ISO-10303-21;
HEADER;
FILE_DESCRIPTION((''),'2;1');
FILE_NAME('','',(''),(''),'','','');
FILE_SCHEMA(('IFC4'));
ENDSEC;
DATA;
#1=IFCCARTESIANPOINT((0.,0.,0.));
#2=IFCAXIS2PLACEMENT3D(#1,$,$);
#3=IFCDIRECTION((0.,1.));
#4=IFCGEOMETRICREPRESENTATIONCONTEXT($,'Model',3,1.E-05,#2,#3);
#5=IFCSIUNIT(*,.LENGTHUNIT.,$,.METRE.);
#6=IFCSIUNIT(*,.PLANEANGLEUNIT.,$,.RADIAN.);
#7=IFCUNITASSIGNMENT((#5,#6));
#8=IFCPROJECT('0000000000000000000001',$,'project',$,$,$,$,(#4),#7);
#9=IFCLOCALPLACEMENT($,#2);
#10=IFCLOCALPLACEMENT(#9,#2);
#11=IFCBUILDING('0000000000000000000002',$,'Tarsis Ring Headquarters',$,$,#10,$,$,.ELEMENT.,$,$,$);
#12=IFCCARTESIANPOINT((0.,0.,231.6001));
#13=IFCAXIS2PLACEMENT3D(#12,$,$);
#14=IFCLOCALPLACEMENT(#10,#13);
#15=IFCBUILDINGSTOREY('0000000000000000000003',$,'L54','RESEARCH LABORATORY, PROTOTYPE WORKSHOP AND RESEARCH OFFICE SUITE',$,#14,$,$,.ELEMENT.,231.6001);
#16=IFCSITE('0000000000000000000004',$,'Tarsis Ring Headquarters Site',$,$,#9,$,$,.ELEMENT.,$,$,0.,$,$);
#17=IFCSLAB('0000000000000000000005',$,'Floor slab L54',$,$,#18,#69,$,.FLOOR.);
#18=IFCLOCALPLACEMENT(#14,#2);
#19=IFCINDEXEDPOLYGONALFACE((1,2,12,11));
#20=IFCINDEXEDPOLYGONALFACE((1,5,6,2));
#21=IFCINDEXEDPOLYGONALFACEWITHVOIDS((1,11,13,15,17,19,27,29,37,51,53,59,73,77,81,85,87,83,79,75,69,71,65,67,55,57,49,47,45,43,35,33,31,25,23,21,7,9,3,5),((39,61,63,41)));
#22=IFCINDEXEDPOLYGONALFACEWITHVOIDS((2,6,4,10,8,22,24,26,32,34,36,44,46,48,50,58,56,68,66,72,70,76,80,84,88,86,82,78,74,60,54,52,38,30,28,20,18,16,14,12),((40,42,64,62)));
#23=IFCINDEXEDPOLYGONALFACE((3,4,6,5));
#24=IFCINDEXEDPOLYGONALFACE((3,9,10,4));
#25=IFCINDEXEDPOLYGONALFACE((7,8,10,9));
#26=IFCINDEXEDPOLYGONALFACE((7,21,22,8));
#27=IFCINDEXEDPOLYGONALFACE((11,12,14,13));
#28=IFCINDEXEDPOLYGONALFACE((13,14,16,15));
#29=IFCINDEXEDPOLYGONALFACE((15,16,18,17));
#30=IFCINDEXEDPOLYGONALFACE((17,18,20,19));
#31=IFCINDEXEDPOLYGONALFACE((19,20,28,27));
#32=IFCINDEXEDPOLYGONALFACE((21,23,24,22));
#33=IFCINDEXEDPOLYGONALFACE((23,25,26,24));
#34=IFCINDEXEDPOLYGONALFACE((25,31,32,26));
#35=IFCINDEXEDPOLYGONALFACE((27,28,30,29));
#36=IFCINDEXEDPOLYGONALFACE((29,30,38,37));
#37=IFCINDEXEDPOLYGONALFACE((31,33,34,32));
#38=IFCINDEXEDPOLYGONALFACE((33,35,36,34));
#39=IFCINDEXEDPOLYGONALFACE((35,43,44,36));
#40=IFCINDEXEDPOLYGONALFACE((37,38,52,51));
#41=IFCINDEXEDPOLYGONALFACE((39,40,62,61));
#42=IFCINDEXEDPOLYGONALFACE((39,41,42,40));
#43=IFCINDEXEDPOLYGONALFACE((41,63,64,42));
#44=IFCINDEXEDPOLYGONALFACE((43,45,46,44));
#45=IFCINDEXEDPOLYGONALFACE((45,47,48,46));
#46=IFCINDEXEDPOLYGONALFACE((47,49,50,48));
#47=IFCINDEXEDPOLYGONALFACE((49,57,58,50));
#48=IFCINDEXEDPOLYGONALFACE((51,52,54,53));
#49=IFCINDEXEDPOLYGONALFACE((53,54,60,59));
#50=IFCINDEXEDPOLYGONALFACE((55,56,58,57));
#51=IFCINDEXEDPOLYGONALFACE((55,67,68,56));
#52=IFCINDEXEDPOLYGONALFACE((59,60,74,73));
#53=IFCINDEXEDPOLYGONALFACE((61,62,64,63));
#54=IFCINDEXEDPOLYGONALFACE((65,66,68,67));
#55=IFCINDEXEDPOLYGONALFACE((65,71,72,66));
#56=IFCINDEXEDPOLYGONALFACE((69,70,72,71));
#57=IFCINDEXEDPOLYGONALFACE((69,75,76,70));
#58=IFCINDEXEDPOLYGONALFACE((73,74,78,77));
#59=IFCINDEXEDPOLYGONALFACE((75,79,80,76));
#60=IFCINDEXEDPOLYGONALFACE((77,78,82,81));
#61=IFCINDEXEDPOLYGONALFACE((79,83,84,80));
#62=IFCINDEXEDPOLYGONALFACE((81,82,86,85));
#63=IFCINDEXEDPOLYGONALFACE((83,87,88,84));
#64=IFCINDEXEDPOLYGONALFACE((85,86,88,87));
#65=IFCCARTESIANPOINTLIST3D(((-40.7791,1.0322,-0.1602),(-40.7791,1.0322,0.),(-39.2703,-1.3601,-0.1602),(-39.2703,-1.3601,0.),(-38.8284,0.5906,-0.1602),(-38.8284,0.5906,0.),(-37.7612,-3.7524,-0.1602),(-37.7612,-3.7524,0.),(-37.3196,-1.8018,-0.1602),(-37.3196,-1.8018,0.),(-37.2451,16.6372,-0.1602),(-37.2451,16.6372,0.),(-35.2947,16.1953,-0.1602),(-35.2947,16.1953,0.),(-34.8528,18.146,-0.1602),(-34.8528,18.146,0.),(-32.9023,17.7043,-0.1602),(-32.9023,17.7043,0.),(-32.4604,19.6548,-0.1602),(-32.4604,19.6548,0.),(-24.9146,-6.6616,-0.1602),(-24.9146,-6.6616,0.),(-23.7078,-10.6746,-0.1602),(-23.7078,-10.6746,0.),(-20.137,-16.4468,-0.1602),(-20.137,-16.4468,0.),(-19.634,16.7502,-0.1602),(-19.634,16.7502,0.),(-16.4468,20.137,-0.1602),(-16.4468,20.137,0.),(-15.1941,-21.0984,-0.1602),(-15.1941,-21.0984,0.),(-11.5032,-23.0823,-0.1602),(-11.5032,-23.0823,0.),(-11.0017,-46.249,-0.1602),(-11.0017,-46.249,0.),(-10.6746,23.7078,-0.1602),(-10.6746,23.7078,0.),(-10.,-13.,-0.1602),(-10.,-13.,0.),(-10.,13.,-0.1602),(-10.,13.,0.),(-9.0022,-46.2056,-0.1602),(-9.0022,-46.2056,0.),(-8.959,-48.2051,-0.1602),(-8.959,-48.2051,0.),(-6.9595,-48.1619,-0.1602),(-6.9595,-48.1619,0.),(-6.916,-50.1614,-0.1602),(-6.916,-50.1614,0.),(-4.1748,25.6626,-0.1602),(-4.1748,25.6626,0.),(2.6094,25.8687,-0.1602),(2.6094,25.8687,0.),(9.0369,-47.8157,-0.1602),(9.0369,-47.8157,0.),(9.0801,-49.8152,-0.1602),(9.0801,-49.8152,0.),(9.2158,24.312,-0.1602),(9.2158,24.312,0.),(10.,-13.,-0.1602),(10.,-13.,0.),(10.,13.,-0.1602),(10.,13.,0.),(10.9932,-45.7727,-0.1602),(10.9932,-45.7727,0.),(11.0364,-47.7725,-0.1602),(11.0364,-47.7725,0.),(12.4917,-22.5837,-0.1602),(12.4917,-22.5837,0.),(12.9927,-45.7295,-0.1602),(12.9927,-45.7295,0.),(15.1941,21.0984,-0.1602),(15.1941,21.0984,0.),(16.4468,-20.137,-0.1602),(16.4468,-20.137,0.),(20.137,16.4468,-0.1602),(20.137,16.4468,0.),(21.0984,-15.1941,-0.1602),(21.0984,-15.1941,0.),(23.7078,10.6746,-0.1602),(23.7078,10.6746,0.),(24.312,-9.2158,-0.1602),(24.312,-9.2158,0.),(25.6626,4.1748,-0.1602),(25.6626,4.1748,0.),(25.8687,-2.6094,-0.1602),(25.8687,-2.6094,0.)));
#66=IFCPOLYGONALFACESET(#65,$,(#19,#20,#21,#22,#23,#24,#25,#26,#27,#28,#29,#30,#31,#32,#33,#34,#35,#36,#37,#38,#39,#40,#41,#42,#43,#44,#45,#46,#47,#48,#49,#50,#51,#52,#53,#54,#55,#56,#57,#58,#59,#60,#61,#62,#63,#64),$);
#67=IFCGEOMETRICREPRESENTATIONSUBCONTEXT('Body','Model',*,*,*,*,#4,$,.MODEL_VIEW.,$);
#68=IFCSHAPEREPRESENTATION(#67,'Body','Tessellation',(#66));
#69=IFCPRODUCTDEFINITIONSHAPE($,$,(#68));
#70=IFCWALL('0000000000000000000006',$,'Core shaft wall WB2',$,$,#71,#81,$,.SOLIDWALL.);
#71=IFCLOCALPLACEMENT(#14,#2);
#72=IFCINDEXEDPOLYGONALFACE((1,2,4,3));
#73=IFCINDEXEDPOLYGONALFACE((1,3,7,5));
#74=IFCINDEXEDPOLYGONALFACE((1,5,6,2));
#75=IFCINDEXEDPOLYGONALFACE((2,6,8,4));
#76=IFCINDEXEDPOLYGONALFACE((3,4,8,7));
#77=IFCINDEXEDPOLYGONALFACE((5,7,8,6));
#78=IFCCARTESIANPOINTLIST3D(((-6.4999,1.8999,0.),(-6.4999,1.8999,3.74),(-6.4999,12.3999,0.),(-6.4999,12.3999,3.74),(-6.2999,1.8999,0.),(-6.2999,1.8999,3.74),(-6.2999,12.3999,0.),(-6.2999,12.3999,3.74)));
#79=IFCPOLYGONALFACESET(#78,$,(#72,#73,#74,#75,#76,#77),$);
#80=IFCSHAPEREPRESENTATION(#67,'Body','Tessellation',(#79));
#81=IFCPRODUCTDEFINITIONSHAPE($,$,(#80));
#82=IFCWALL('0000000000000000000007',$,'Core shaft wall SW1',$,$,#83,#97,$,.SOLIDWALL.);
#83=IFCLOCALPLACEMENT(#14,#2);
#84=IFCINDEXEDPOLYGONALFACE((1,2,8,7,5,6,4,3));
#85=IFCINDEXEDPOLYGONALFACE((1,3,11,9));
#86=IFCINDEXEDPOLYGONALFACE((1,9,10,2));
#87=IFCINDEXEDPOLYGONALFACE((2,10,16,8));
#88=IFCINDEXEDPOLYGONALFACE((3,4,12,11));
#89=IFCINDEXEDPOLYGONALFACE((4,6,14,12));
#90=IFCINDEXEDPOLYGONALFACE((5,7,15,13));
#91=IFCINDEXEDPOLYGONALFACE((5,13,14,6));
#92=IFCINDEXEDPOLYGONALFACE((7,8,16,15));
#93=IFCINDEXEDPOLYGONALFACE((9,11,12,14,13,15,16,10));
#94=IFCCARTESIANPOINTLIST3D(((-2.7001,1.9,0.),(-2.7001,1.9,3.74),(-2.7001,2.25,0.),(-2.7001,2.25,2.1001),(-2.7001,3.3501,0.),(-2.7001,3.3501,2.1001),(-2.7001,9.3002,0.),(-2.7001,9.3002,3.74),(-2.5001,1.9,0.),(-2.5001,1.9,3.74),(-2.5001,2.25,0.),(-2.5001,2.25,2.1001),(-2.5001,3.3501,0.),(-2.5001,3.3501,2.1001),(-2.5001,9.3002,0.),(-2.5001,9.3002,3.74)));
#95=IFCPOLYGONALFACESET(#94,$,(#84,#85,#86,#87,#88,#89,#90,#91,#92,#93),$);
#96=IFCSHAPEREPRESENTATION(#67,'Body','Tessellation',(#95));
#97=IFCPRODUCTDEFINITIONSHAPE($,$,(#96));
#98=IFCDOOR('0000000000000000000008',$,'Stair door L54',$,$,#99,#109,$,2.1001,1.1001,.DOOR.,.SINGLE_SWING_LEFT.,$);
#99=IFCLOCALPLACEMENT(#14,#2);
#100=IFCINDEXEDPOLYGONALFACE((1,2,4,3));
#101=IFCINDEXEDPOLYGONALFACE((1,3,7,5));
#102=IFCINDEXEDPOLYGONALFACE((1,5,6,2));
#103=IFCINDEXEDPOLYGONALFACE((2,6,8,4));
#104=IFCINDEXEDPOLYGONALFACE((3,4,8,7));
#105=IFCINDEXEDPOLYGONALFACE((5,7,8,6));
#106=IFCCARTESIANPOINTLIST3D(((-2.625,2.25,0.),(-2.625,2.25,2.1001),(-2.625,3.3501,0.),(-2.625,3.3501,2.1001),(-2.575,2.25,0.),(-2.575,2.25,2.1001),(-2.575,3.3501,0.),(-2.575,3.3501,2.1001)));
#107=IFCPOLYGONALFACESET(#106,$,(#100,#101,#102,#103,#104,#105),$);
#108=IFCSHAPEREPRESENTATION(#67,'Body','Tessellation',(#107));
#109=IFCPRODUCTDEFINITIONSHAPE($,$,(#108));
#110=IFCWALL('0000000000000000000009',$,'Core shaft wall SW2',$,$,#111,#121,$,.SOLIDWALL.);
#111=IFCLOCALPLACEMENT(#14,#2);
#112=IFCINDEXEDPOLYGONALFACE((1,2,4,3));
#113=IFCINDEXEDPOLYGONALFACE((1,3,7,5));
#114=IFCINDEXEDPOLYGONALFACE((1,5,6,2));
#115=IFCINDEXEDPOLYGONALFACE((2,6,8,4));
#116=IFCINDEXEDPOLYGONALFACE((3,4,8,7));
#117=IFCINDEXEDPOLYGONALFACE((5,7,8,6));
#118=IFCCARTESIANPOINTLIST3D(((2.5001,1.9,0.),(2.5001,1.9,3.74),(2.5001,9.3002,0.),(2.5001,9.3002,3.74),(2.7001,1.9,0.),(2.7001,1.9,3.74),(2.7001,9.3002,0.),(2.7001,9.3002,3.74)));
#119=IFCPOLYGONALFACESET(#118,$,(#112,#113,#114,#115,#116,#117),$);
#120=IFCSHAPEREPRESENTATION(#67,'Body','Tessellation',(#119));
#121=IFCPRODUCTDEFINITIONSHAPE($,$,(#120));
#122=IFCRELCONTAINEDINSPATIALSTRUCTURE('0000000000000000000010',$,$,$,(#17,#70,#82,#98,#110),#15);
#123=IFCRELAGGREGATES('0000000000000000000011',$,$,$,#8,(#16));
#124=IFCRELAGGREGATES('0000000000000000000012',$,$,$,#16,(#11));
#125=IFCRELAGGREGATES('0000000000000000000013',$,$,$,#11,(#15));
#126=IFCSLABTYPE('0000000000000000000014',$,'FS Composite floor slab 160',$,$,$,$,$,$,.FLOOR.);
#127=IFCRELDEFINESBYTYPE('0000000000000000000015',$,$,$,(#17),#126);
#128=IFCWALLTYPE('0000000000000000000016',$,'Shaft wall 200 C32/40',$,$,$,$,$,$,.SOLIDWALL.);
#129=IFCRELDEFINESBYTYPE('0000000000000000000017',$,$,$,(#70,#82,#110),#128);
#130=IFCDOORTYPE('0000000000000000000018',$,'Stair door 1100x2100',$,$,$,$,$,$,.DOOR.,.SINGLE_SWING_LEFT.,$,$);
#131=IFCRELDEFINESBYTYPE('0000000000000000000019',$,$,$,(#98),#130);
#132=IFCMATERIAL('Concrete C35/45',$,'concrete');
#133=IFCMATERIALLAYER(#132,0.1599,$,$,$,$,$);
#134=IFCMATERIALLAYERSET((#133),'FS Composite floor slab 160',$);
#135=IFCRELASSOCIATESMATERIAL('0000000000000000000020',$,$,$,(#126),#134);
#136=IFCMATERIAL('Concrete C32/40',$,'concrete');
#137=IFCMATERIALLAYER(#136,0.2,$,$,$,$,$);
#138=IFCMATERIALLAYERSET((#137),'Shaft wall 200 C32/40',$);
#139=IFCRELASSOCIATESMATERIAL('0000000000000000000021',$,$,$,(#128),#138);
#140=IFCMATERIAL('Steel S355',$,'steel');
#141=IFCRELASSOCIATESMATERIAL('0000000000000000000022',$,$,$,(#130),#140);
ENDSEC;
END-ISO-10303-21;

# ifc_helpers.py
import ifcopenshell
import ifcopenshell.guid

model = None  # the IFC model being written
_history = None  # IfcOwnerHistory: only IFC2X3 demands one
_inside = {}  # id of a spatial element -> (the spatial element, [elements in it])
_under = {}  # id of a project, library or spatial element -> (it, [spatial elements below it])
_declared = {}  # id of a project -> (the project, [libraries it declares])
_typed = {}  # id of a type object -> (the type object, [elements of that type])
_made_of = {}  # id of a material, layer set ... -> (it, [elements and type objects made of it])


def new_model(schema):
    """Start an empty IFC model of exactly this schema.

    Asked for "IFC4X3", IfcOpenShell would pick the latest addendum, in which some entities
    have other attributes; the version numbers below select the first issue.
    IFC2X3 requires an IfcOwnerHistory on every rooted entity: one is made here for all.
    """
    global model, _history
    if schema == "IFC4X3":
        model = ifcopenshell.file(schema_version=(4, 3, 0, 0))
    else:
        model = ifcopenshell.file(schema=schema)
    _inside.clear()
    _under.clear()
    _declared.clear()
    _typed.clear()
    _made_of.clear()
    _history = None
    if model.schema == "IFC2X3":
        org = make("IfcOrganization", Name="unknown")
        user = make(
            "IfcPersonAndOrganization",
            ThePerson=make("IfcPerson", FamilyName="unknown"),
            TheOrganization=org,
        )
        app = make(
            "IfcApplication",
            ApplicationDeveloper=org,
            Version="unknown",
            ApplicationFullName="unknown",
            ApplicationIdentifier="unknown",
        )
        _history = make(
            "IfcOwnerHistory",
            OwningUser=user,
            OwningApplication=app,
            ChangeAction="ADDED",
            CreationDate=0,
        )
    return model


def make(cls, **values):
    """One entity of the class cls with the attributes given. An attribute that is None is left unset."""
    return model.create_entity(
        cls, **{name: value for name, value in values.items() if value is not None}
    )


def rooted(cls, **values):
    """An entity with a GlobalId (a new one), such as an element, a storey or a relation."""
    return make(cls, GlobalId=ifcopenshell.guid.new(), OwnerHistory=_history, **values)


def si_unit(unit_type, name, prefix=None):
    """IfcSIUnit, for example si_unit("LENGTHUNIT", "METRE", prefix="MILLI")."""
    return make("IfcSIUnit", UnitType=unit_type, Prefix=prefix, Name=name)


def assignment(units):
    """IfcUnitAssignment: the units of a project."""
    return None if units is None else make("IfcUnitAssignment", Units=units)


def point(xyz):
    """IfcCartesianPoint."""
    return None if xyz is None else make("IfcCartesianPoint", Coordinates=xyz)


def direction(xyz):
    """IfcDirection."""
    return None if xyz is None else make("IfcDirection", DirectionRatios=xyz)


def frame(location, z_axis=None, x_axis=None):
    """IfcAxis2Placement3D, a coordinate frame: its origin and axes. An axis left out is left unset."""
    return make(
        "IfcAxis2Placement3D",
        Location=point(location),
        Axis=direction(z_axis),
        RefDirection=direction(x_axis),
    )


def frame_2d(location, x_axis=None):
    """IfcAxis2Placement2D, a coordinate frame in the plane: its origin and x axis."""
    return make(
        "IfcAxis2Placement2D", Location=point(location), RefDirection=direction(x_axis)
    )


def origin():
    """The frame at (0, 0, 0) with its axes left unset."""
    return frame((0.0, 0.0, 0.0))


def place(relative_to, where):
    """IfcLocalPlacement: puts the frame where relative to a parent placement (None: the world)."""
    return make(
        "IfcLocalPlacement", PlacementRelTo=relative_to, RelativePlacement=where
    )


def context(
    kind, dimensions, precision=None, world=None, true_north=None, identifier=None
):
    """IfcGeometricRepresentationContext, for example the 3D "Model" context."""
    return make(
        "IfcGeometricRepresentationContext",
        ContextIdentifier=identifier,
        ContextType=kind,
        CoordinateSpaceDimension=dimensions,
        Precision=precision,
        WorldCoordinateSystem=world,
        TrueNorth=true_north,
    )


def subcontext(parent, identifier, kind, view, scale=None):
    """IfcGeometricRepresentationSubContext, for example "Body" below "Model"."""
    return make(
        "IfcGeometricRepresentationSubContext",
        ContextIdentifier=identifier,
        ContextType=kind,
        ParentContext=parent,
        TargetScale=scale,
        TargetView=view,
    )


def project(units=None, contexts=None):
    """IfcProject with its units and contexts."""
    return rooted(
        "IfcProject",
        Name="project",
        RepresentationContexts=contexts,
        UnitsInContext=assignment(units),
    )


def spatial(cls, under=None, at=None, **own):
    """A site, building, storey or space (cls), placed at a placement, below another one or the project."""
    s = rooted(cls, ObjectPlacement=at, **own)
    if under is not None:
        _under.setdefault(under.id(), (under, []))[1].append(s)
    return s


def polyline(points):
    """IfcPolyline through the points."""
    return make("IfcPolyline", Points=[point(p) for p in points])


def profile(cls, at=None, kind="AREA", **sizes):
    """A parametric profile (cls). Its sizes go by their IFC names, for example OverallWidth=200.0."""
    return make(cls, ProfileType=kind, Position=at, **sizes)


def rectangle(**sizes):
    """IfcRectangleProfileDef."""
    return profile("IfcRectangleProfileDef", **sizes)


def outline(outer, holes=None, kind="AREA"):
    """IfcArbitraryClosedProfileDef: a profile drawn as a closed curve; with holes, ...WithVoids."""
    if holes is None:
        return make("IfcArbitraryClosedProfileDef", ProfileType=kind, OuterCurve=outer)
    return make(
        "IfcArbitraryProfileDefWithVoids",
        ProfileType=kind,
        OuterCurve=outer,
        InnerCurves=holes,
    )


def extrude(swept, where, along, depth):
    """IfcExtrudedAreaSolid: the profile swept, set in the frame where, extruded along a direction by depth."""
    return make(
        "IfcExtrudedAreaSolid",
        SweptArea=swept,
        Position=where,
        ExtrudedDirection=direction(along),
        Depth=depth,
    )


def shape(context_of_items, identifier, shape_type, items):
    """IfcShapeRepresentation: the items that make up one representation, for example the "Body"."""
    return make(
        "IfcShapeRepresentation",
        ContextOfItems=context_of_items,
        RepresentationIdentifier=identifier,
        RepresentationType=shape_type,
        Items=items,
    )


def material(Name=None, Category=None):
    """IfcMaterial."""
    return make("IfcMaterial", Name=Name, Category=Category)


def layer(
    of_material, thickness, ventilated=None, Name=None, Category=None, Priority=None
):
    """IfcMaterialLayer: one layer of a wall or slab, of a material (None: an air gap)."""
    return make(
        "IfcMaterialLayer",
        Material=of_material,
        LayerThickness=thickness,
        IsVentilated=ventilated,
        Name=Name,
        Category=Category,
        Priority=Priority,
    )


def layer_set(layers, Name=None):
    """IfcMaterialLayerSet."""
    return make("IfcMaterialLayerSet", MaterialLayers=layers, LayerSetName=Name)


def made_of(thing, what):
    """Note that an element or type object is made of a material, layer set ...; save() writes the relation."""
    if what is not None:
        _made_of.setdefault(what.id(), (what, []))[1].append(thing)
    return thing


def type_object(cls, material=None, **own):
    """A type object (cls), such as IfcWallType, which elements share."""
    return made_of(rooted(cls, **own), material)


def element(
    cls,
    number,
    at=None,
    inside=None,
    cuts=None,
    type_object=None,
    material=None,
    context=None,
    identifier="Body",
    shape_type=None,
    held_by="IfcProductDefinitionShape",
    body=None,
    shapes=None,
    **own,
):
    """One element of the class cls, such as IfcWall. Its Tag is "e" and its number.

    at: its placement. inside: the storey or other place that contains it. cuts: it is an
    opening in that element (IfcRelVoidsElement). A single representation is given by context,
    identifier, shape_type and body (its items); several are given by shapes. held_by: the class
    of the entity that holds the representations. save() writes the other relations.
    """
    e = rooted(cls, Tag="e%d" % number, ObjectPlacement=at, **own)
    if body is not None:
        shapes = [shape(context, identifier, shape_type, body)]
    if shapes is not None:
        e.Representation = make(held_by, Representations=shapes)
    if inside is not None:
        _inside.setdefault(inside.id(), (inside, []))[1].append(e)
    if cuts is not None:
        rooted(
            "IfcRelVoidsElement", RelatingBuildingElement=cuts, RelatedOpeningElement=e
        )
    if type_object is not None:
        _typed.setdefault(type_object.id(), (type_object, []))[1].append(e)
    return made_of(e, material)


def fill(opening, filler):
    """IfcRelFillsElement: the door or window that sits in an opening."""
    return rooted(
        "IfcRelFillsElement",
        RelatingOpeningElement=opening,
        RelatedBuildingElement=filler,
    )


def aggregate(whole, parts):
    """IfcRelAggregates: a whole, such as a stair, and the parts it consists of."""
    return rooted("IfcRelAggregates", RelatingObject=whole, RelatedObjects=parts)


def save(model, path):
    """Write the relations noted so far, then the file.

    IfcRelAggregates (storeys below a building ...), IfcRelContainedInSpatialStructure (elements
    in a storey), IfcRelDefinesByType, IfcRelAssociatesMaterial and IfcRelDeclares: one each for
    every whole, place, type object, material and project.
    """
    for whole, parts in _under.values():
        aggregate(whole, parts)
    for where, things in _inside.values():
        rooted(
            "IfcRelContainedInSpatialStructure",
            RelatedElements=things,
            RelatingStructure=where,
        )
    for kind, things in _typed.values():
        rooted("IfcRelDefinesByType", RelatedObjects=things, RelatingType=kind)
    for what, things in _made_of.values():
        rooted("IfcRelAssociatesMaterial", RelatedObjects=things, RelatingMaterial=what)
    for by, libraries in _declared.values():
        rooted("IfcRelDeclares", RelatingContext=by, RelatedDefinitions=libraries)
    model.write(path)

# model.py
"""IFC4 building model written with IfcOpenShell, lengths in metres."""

from ifc_helpers import new_model, si_unit, direction, frame, frame_2d, origin, place, context, subcontext, project, spatial, polyline, rectangle, outline, extrude, material, layer, layer_set, type_object, element, fill, save


model = new_model("IFC4")

# Units and contexts
model_context = context("Model", 3, precision=1e-05, world=origin(), true_north=direction((0.0, 1.0)))
body_context = subcontext(model_context, "Body", "Model", "MODEL_VIEW")
ifc_project = project(units=[si_unit("LENGTHUNIT", "METRE"), si_unit("PLANEANGLEUNIT", "RADIAN")], contexts=[model_context])

# Site, building, storey
site_placement = place(None, origin())
site = spatial("IfcSite", under=ifc_project, at=site_placement, Name="Tarsis Ring Headquarters Site", CompositionType="ELEMENT", RefElevation=0.0)
building_placement = place(site_placement, origin())
building = spatial("IfcBuilding", under=site, at=building_placement, Name="Tarsis Ring Headquarters", CompositionType="ELEMENT")
storey_placement = place(building_placement, frame((0.0, 0.0, 231.6001)))
storey = spatial("IfcBuildingStorey", under=building, at=storey_placement, Name="L54", Description="RESEARCH LABORATORY, PROTOTYPE WORKSHOP AND RESEARCH OFFICE SUITE", CompositionType="ELEMENT", Elevation=231.6001)

# Slab
ifc_material_1 = material(Name="Concrete C35/45", Category="concrete")
ifc_layer_1 = layer(ifc_material_1, 0.1599)
ifc_layer_set_1 = layer_set([ifc_layer_1], Name="FS Composite floor slab 160")
slab_type_1 = type_object("IfcSlabType", Name="FS Composite floor slab 160", PredefinedType="FLOOR", material=ifc_layer_set_1)
slab_1_placement = place(storey_placement, frame((0.0, 0.0, -0.1602)))
element("IfcSlab", 1, at=slab_1_placement, inside=storey, type_object=slab_type_1, Name="Floor slab L54", PredefinedType="FLOOR", context=body_context, shape_type="SweptSolid", body=[
    extrude(outline(polyline([(-24.9146, -6.6616), (-23.7078, -10.6746), (-20.137, -16.4468), (-15.1941, -21.0984), (-11.5032, -23.0823), (-11.0017, -46.249), (-9.0022, -46.2056), (-8.959, -48.2051), (-6.9595, -48.1619), (-6.916, -50.1614), (9.0801, -49.8152), (9.0369, -47.8157), (11.0364, -47.7725), (10.9932, -45.7727), (12.9927, -45.7295), (12.4917, -22.5837), (16.4468, -20.137), (21.0984, -15.1941), (24.312, -9.2158), (25.8687, -2.6094), (25.6626, 4.1748), (23.7078, 10.6746), (20.137, 16.4468), (15.1941, 21.0984), (9.2158, 24.312), (2.6094, 25.8687), (-4.1748, 25.6626), (-10.6746, 23.7078), (-16.4468, 20.137), (-19.634, 16.7502), (-32.4604, 19.6548), (-32.9023, 17.7043), (-34.8528, 18.146), (-35.2947, 16.1953), (-37.2451, 16.6372), (-40.7791, 1.0322), (-38.8284, 0.5906), (-39.2703, -1.3601), (-37.3196, -1.8018), (-37.7612, -3.7524), (-24.9146, -6.6616)]), holes=[polyline([(-10.0, -13.0), (-10.0, 13.0), (10.0, 13.0), (10.0, -13.0), (-10.0, -13.0)])]), origin(), (0.0, 0.0, 1.0), 0.1602),
])

# Wall
ifc_material_2 = material(Name="Concrete C32/40", Category="concrete")
ifc_layer_2 = layer(ifc_material_2, 0.2)
ifc_layer_set_2 = layer_set([ifc_layer_2], Name="Shaft wall 200 C32/40")
wall_type = type_object("IfcWallType", Name="Shaft wall 200 C32/40", PredefinedType="SOLIDWALL", material=ifc_layer_set_2)
wall_1_placement = place(storey_placement, frame((-6.3999, 1.8999, 0.0), z_axis=(0.0, 0.0, 1.0), x_axis=(0.0, 1.0, 0.0)))
element("IfcWall", 2, at=wall_1_placement, inside=storey, type_object=wall_type, Name="Core shaft wall WB2", PredefinedType="SOLIDWALL", context=body_context, shape_type="SweptSolid", body=[
    extrude(rectangle(XDim=10.5, YDim=0.2, at=frame_2d((5.25, 0.0))), origin(), (0.0, 0.0, 1.0), 3.74),
])

# Wall, opening, door
wall_2_placement = place(storey_placement, frame((-2.6001, 1.8999, 0.0), z_axis=(0.0, 0.0, 1.0), x_axis=(0.0, 1.0, 0.0)))
wall_2 = element("IfcWall", 3, at=wall_2_placement, inside=storey, type_object=wall_type, Name="Core shaft wall SW1", PredefinedType="SOLIDWALL", context=body_context, shape_type="SweptSolid", body=[
    extrude(rectangle(XDim=7.4001, YDim=0.2, at=frame_2d((3.7002, 0.0))), origin(), (0.0, 0.0, 1.0), 3.74),
])
opening_placement = place(wall_2_placement, frame((0.3501, 0.0, 0.0)))
opening = element("IfcOpeningElement", 4, at=opening_placement, cuts=wall_2, PredefinedType="OPENING", context=body_context, shape_type="SweptSolid", body=[
    extrude(rectangle(XDim=1.1001, YDim=2.1001, at=frame_2d((0.55, 1.05))), frame((0.0, 0.1099, 0.0), z_axis=(0.0, -1.0, 0.0), x_axis=(1.0, 0.0, 0.0)), (0.0, 0.0, 1.0), 0.22),
])
ifc_material_3 = material(Name="Steel S355", Category="steel")
door_type = type_object("IfcDoorType", Name="Stair door 1100x2100", OperationType="SINGLE_SWING_LEFT", PredefinedType="DOOR", material=ifc_material_3)
door_placement = place(opening_placement, origin())
door = element("IfcDoor", 5, at=door_placement, inside=storey, type_object=door_type, Name="Stair door L54", OperationType="SINGLE_SWING_LEFT", OverallHeight=2.1001, OverallWidth=1.1001, PredefinedType="DOOR", context=body_context, shape_type="SweptSolid", body=[
    extrude(rectangle(XDim=1.1001, YDim=2.1001, at=frame_2d((0.55, 1.05))), frame((0.0, 0.0249, 0.0), z_axis=(0.0, -1.0, 0.0), x_axis=(1.0, 0.0, 0.0)), (0.0, 0.0, 1.0), 0.05),
])
fill(opening, door)

# Wall
wall_3_placement = place(storey_placement, frame((2.6001, 1.8999, 0.0), z_axis=(0.0, 0.0, 1.0), x_axis=(0.0, 1.0, 0.0)))
element("IfcWall", 6, at=wall_3_placement, inside=storey, type_object=wall_type, Name="Core shaft wall SW2", PredefinedType="SOLIDWALL", context=body_context, shape_type="SweptSolid", body=[
    extrude(rectangle(XDim=7.4001, YDim=0.2, at=frame_2d((3.7002, 0.0))), origin(), (0.0, 0.0, 1.0), 3.74),
])

save(model, "model.ifc")
